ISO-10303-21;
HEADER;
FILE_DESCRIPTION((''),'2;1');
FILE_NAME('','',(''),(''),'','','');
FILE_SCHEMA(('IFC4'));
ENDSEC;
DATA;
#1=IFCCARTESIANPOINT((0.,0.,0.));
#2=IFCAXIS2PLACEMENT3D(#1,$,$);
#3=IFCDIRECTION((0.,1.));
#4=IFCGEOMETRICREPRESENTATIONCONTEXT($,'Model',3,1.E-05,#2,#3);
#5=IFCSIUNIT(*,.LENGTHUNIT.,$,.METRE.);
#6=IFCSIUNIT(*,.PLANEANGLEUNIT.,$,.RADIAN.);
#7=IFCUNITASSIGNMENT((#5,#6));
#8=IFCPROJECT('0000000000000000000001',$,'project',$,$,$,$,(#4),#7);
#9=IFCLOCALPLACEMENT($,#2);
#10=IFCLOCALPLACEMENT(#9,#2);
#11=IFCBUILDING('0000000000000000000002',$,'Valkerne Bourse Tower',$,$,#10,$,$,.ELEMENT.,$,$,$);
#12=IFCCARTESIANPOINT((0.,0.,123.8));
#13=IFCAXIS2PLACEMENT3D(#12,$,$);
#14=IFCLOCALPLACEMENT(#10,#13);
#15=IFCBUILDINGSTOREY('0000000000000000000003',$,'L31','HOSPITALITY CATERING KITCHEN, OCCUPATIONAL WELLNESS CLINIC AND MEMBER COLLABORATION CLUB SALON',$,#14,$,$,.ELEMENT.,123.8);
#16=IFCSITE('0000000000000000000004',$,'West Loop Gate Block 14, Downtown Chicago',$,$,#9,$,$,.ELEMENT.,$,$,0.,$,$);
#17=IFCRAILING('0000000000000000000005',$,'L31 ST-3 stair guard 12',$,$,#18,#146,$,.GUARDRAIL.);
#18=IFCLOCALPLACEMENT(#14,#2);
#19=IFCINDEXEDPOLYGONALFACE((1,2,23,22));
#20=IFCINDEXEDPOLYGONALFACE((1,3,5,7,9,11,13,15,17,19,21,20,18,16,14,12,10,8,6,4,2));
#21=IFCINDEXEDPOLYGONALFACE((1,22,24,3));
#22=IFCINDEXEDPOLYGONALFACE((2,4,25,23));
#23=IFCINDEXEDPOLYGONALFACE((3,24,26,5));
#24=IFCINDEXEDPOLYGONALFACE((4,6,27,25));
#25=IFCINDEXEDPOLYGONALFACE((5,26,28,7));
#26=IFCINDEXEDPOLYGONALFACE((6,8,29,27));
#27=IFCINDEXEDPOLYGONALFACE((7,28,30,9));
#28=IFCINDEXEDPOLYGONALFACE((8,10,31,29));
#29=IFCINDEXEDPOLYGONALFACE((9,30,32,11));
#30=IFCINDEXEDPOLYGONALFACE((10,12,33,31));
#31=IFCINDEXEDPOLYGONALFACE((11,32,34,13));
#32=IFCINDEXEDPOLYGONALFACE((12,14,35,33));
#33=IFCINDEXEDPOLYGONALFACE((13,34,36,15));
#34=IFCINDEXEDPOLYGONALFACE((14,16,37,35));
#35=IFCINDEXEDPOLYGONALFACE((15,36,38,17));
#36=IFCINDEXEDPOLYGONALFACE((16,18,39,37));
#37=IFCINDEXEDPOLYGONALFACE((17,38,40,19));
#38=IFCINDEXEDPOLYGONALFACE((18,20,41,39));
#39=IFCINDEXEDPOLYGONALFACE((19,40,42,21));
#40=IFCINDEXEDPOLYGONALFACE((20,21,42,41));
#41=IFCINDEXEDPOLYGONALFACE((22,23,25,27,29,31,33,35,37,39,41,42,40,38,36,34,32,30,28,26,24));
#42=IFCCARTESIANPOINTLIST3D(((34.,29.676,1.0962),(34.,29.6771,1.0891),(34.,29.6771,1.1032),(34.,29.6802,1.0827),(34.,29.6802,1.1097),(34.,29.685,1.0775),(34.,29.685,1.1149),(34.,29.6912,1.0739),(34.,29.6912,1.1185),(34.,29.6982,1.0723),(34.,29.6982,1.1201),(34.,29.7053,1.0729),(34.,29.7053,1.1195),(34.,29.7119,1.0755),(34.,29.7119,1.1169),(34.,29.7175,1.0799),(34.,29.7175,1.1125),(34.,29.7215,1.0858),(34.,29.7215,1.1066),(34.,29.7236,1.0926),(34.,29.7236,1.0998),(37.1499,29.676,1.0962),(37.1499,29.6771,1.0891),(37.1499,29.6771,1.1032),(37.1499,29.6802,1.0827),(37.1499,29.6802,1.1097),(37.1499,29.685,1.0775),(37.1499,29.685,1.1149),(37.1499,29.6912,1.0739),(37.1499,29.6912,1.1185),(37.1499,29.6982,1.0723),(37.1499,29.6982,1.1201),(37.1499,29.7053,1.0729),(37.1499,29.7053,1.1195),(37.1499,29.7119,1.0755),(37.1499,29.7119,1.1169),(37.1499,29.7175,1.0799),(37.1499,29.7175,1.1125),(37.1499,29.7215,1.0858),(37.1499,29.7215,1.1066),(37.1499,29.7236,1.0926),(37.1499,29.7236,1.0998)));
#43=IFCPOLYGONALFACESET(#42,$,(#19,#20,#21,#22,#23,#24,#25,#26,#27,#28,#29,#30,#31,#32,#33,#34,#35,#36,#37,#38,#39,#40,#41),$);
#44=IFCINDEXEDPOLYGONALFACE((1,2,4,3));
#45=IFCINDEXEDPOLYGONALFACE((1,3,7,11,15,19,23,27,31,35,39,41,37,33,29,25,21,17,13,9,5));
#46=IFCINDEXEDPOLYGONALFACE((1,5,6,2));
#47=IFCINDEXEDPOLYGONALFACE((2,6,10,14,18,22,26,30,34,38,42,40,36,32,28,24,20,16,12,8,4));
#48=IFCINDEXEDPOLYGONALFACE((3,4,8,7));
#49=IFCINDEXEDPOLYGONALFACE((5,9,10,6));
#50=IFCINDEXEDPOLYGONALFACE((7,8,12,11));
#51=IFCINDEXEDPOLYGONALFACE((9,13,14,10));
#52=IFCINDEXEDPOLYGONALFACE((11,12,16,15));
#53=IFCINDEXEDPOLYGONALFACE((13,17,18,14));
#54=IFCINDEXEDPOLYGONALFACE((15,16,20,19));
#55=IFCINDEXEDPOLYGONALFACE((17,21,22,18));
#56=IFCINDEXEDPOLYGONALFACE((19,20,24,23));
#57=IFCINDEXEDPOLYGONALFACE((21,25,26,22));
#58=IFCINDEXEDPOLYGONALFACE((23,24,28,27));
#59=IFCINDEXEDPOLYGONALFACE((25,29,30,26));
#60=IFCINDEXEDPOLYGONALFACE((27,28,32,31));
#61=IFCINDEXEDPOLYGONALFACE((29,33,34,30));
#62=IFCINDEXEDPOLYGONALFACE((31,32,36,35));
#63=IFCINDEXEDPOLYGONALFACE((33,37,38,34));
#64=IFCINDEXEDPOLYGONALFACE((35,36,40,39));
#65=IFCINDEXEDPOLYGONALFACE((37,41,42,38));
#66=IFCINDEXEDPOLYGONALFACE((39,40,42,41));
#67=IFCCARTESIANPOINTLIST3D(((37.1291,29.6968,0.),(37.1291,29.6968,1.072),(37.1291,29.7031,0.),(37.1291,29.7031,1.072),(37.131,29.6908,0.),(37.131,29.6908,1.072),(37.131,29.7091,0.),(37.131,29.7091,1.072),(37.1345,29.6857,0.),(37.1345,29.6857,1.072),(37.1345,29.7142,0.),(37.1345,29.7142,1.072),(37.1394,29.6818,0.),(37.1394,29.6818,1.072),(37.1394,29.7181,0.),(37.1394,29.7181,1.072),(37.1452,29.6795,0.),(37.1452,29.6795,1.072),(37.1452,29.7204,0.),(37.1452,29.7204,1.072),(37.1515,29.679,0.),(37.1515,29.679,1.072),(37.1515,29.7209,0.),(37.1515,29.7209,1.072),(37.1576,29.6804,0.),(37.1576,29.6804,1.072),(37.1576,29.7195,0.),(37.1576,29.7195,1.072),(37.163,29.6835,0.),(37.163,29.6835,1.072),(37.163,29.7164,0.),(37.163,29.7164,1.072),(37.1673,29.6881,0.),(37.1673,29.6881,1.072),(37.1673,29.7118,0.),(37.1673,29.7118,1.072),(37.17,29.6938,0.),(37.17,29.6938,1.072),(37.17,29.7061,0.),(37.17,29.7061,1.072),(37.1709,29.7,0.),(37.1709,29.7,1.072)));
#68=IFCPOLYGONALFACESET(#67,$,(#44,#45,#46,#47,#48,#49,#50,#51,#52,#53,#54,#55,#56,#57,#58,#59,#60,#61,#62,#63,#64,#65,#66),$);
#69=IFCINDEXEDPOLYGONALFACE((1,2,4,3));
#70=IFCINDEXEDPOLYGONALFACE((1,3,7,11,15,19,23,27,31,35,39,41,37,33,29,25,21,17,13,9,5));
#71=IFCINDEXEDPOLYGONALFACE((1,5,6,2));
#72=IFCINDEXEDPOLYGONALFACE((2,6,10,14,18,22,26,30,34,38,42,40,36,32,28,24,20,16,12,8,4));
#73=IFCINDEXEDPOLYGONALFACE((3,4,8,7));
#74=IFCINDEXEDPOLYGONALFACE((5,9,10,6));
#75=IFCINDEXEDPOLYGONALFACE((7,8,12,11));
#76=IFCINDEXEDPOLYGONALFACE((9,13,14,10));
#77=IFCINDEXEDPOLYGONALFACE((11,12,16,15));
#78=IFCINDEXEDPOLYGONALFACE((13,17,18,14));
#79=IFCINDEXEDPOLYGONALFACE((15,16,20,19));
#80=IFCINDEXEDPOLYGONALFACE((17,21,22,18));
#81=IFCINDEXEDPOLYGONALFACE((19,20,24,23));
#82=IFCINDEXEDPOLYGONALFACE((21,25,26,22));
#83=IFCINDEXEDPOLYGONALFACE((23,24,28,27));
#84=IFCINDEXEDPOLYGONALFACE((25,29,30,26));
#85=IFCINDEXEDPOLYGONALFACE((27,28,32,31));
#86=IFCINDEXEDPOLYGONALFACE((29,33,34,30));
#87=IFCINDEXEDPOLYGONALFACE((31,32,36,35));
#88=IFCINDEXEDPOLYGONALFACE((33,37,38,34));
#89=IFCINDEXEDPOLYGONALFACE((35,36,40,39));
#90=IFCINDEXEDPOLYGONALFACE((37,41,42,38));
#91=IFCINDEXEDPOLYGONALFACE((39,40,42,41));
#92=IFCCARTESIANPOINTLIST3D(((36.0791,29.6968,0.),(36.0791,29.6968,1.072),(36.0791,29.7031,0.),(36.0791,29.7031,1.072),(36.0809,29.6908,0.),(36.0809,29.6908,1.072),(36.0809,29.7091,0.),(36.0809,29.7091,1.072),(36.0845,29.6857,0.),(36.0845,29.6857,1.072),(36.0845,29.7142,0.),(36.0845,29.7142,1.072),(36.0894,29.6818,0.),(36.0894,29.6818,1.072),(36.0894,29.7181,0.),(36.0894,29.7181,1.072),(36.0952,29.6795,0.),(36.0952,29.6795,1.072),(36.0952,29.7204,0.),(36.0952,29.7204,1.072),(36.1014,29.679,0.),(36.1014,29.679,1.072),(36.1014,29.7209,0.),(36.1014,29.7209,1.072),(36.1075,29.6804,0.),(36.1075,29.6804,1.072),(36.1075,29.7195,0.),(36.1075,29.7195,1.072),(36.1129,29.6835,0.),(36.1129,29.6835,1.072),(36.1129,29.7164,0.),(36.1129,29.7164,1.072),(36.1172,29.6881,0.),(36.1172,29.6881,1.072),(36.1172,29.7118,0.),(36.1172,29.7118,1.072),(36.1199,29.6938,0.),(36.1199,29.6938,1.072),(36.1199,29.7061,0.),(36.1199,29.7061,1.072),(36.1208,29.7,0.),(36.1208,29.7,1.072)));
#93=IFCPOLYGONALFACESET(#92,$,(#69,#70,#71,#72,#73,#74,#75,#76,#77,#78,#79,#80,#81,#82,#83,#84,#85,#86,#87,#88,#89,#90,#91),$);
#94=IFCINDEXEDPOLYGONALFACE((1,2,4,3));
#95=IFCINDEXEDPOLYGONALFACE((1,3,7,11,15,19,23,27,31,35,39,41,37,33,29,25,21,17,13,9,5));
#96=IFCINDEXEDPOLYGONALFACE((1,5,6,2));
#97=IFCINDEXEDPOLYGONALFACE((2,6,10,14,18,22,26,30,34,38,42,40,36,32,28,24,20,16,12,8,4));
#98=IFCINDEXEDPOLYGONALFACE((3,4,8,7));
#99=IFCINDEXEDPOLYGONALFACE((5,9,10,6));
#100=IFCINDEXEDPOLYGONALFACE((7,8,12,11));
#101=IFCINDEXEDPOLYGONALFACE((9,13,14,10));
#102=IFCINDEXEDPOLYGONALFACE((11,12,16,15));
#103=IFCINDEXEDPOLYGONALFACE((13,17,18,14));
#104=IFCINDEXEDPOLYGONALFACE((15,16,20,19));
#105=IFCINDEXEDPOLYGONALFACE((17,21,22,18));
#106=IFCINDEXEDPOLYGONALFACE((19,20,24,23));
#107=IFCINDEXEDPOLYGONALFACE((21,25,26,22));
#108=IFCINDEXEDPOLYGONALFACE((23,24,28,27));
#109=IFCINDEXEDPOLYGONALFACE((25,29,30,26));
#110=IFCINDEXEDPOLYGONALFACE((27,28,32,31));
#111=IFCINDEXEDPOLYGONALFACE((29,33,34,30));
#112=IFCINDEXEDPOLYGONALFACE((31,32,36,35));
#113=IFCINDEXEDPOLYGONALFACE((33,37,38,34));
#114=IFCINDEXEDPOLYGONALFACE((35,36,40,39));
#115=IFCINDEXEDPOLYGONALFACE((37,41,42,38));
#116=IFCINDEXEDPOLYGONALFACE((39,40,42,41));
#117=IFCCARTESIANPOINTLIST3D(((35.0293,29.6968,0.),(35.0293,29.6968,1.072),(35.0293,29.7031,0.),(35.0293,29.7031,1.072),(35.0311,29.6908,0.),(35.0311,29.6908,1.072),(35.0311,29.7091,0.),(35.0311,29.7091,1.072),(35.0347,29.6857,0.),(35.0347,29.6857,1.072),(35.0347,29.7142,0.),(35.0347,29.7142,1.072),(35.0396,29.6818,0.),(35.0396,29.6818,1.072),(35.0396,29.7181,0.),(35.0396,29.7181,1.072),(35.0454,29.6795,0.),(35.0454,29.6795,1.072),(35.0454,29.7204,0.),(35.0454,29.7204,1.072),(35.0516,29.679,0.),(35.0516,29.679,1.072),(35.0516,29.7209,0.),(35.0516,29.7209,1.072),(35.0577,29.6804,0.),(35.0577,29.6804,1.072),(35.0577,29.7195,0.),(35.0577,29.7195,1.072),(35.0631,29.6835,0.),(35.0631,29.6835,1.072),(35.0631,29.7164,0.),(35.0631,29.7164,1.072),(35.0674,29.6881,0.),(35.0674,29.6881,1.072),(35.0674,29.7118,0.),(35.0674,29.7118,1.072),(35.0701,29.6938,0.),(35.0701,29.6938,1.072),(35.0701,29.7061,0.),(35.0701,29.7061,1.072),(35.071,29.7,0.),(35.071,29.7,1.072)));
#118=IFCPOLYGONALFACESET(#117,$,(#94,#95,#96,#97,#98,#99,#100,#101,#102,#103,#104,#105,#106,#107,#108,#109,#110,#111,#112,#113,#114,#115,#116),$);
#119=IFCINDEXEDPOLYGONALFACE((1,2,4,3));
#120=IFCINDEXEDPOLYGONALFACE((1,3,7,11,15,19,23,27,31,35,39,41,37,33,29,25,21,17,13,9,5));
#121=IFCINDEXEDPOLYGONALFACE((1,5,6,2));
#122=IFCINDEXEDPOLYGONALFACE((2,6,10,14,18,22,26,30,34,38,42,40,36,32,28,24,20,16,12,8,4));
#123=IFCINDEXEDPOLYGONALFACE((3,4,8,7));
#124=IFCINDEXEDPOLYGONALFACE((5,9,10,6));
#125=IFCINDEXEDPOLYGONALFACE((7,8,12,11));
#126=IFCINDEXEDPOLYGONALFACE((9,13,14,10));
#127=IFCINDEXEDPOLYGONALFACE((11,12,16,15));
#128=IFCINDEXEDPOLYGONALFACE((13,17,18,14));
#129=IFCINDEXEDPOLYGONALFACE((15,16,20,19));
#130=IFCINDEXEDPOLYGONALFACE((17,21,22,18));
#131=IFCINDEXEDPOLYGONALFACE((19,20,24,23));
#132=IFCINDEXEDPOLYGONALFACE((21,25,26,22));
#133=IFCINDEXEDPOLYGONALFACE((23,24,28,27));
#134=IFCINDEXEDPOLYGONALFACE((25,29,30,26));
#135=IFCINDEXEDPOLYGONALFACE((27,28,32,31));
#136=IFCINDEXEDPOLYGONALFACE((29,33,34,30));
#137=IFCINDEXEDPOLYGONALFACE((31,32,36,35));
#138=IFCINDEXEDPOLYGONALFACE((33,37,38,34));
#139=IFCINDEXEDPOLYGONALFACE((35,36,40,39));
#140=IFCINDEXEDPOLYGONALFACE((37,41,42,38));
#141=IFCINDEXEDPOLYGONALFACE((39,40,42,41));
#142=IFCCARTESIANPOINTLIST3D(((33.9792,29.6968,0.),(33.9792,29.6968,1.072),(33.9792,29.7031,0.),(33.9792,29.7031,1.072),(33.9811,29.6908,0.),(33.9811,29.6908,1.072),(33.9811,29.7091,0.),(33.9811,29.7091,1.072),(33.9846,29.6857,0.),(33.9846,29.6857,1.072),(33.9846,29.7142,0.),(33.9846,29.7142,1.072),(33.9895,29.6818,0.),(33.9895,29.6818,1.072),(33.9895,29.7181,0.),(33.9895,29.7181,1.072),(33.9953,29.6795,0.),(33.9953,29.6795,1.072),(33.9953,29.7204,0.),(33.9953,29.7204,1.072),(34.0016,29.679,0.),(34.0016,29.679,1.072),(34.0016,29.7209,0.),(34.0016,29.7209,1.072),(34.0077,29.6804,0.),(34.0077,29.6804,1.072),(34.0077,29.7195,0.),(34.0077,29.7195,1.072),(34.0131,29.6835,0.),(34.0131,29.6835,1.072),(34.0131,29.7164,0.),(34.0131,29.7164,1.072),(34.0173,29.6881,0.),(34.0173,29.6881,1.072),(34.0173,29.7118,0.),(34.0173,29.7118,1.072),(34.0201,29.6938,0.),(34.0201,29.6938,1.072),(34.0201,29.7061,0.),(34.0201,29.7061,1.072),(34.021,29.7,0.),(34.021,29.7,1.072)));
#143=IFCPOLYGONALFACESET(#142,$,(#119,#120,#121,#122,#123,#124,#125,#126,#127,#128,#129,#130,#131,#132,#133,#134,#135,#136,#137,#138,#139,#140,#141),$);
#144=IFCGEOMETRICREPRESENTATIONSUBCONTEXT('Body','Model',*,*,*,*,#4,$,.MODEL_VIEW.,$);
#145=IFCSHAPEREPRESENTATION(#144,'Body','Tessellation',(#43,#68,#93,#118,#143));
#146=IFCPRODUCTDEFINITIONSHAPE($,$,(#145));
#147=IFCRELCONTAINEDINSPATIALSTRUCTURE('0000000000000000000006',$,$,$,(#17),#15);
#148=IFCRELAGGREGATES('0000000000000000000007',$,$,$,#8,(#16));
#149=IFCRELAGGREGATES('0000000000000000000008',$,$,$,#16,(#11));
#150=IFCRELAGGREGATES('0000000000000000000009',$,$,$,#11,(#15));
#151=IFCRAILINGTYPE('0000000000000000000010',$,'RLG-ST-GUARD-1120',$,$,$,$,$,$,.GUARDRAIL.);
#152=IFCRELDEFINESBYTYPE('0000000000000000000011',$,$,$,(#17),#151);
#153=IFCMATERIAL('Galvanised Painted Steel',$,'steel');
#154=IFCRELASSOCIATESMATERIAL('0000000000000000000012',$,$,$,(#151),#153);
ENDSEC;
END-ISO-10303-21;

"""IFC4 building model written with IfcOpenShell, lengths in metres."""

from ifc_helpers import new_model, si_unit, direction, frame, origin, origin_2d, place, context, subcontext, project, spatial, circle, extrude, material, type_object, element, save


model = new_model("IFC4")

# Units and contexts
model_context = context("Model", 3, precision=1e-05, world=origin(), true_north=direction((0.0, 1.0)))
body_context = subcontext(model_context, "Body", "Model", "MODEL_VIEW")
ifc_project = project(units=[si_unit("LENGTHUNIT", "METRE"), si_unit("PLANEANGLEUNIT", "RADIAN")], contexts=[model_context])

# Site, building, storey
site_placement = place(None, origin())
site = spatial("IfcSite", under=ifc_project, at=site_placement, Name="West Loop Gate Block 14, Downtown Chicago", CompositionType="ELEMENT", RefElevation=0.0)
building_placement = place(site_placement, origin())
building = spatial("IfcBuilding", under=site, at=building_placement, Name="Valkerne Bourse Tower", CompositionType="ELEMENT")
storey_placement = place(building_placement, frame((0.0, 0.0, 123.8)))
storey = spatial("IfcBuildingStorey", under=building, at=storey_placement, Name="L31", Description="HOSPITALITY CATERING KITCHEN, OCCUPATIONAL WELLNESS CLINIC AND MEMBER COLLABORATION CLUB SALON", CompositionType="ELEMENT", Elevation=123.8)

# Shared definitions
ifc_material_1 = material(Name="Galvanised Painted Steel", Category="steel")

# Railing
railing_type = type_object("IfcRailingType", Name="RLG-ST-GUARD-1120", PredefinedType="GUARDRAIL", material=ifc_material_1)
railing_1_placement = place(storey_placement, frame((37.1499, 29.7, 0.0)))
element("IfcRailing", 1, at=railing_1_placement, inside=storey, type_object=railing_type, Name="L31 ST-3 stair guard 12", PredefinedType="GUARDRAIL", context=body_context, shape_type="SweptSolid", body=[
    extrude(circle(Radius=0.0239, at=origin_2d()), frame((0.0, 0.0, 1.0962), z_axis=(-1.0, 0.0, 0.0), x_axis=(0.0, -1.0, 0.0)), (0.0, 0.0, 1.0), 3.1499),
    extrude(circle(Radius=0.021, at=origin_2d()), origin(), (0.0, 0.0, 1.0), 1.072),
    extrude(circle(Radius=0.021, at=origin_2d()), frame((-1.05, 0.0, 0.0)), (0.0, 0.0, 1.0), 1.072),
    extrude(circle(Radius=0.021, at=origin_2d()), frame((-2.0999, 0.0, 0.0)), (0.0, 0.0, 1.0), 1.072),
    extrude(circle(Radius=0.021, at=origin_2d()), frame((-3.1499, 0.0, 0.0)), (0.0, 0.0, 1.0), 1.072),
])

save(model, "model.ifc")
